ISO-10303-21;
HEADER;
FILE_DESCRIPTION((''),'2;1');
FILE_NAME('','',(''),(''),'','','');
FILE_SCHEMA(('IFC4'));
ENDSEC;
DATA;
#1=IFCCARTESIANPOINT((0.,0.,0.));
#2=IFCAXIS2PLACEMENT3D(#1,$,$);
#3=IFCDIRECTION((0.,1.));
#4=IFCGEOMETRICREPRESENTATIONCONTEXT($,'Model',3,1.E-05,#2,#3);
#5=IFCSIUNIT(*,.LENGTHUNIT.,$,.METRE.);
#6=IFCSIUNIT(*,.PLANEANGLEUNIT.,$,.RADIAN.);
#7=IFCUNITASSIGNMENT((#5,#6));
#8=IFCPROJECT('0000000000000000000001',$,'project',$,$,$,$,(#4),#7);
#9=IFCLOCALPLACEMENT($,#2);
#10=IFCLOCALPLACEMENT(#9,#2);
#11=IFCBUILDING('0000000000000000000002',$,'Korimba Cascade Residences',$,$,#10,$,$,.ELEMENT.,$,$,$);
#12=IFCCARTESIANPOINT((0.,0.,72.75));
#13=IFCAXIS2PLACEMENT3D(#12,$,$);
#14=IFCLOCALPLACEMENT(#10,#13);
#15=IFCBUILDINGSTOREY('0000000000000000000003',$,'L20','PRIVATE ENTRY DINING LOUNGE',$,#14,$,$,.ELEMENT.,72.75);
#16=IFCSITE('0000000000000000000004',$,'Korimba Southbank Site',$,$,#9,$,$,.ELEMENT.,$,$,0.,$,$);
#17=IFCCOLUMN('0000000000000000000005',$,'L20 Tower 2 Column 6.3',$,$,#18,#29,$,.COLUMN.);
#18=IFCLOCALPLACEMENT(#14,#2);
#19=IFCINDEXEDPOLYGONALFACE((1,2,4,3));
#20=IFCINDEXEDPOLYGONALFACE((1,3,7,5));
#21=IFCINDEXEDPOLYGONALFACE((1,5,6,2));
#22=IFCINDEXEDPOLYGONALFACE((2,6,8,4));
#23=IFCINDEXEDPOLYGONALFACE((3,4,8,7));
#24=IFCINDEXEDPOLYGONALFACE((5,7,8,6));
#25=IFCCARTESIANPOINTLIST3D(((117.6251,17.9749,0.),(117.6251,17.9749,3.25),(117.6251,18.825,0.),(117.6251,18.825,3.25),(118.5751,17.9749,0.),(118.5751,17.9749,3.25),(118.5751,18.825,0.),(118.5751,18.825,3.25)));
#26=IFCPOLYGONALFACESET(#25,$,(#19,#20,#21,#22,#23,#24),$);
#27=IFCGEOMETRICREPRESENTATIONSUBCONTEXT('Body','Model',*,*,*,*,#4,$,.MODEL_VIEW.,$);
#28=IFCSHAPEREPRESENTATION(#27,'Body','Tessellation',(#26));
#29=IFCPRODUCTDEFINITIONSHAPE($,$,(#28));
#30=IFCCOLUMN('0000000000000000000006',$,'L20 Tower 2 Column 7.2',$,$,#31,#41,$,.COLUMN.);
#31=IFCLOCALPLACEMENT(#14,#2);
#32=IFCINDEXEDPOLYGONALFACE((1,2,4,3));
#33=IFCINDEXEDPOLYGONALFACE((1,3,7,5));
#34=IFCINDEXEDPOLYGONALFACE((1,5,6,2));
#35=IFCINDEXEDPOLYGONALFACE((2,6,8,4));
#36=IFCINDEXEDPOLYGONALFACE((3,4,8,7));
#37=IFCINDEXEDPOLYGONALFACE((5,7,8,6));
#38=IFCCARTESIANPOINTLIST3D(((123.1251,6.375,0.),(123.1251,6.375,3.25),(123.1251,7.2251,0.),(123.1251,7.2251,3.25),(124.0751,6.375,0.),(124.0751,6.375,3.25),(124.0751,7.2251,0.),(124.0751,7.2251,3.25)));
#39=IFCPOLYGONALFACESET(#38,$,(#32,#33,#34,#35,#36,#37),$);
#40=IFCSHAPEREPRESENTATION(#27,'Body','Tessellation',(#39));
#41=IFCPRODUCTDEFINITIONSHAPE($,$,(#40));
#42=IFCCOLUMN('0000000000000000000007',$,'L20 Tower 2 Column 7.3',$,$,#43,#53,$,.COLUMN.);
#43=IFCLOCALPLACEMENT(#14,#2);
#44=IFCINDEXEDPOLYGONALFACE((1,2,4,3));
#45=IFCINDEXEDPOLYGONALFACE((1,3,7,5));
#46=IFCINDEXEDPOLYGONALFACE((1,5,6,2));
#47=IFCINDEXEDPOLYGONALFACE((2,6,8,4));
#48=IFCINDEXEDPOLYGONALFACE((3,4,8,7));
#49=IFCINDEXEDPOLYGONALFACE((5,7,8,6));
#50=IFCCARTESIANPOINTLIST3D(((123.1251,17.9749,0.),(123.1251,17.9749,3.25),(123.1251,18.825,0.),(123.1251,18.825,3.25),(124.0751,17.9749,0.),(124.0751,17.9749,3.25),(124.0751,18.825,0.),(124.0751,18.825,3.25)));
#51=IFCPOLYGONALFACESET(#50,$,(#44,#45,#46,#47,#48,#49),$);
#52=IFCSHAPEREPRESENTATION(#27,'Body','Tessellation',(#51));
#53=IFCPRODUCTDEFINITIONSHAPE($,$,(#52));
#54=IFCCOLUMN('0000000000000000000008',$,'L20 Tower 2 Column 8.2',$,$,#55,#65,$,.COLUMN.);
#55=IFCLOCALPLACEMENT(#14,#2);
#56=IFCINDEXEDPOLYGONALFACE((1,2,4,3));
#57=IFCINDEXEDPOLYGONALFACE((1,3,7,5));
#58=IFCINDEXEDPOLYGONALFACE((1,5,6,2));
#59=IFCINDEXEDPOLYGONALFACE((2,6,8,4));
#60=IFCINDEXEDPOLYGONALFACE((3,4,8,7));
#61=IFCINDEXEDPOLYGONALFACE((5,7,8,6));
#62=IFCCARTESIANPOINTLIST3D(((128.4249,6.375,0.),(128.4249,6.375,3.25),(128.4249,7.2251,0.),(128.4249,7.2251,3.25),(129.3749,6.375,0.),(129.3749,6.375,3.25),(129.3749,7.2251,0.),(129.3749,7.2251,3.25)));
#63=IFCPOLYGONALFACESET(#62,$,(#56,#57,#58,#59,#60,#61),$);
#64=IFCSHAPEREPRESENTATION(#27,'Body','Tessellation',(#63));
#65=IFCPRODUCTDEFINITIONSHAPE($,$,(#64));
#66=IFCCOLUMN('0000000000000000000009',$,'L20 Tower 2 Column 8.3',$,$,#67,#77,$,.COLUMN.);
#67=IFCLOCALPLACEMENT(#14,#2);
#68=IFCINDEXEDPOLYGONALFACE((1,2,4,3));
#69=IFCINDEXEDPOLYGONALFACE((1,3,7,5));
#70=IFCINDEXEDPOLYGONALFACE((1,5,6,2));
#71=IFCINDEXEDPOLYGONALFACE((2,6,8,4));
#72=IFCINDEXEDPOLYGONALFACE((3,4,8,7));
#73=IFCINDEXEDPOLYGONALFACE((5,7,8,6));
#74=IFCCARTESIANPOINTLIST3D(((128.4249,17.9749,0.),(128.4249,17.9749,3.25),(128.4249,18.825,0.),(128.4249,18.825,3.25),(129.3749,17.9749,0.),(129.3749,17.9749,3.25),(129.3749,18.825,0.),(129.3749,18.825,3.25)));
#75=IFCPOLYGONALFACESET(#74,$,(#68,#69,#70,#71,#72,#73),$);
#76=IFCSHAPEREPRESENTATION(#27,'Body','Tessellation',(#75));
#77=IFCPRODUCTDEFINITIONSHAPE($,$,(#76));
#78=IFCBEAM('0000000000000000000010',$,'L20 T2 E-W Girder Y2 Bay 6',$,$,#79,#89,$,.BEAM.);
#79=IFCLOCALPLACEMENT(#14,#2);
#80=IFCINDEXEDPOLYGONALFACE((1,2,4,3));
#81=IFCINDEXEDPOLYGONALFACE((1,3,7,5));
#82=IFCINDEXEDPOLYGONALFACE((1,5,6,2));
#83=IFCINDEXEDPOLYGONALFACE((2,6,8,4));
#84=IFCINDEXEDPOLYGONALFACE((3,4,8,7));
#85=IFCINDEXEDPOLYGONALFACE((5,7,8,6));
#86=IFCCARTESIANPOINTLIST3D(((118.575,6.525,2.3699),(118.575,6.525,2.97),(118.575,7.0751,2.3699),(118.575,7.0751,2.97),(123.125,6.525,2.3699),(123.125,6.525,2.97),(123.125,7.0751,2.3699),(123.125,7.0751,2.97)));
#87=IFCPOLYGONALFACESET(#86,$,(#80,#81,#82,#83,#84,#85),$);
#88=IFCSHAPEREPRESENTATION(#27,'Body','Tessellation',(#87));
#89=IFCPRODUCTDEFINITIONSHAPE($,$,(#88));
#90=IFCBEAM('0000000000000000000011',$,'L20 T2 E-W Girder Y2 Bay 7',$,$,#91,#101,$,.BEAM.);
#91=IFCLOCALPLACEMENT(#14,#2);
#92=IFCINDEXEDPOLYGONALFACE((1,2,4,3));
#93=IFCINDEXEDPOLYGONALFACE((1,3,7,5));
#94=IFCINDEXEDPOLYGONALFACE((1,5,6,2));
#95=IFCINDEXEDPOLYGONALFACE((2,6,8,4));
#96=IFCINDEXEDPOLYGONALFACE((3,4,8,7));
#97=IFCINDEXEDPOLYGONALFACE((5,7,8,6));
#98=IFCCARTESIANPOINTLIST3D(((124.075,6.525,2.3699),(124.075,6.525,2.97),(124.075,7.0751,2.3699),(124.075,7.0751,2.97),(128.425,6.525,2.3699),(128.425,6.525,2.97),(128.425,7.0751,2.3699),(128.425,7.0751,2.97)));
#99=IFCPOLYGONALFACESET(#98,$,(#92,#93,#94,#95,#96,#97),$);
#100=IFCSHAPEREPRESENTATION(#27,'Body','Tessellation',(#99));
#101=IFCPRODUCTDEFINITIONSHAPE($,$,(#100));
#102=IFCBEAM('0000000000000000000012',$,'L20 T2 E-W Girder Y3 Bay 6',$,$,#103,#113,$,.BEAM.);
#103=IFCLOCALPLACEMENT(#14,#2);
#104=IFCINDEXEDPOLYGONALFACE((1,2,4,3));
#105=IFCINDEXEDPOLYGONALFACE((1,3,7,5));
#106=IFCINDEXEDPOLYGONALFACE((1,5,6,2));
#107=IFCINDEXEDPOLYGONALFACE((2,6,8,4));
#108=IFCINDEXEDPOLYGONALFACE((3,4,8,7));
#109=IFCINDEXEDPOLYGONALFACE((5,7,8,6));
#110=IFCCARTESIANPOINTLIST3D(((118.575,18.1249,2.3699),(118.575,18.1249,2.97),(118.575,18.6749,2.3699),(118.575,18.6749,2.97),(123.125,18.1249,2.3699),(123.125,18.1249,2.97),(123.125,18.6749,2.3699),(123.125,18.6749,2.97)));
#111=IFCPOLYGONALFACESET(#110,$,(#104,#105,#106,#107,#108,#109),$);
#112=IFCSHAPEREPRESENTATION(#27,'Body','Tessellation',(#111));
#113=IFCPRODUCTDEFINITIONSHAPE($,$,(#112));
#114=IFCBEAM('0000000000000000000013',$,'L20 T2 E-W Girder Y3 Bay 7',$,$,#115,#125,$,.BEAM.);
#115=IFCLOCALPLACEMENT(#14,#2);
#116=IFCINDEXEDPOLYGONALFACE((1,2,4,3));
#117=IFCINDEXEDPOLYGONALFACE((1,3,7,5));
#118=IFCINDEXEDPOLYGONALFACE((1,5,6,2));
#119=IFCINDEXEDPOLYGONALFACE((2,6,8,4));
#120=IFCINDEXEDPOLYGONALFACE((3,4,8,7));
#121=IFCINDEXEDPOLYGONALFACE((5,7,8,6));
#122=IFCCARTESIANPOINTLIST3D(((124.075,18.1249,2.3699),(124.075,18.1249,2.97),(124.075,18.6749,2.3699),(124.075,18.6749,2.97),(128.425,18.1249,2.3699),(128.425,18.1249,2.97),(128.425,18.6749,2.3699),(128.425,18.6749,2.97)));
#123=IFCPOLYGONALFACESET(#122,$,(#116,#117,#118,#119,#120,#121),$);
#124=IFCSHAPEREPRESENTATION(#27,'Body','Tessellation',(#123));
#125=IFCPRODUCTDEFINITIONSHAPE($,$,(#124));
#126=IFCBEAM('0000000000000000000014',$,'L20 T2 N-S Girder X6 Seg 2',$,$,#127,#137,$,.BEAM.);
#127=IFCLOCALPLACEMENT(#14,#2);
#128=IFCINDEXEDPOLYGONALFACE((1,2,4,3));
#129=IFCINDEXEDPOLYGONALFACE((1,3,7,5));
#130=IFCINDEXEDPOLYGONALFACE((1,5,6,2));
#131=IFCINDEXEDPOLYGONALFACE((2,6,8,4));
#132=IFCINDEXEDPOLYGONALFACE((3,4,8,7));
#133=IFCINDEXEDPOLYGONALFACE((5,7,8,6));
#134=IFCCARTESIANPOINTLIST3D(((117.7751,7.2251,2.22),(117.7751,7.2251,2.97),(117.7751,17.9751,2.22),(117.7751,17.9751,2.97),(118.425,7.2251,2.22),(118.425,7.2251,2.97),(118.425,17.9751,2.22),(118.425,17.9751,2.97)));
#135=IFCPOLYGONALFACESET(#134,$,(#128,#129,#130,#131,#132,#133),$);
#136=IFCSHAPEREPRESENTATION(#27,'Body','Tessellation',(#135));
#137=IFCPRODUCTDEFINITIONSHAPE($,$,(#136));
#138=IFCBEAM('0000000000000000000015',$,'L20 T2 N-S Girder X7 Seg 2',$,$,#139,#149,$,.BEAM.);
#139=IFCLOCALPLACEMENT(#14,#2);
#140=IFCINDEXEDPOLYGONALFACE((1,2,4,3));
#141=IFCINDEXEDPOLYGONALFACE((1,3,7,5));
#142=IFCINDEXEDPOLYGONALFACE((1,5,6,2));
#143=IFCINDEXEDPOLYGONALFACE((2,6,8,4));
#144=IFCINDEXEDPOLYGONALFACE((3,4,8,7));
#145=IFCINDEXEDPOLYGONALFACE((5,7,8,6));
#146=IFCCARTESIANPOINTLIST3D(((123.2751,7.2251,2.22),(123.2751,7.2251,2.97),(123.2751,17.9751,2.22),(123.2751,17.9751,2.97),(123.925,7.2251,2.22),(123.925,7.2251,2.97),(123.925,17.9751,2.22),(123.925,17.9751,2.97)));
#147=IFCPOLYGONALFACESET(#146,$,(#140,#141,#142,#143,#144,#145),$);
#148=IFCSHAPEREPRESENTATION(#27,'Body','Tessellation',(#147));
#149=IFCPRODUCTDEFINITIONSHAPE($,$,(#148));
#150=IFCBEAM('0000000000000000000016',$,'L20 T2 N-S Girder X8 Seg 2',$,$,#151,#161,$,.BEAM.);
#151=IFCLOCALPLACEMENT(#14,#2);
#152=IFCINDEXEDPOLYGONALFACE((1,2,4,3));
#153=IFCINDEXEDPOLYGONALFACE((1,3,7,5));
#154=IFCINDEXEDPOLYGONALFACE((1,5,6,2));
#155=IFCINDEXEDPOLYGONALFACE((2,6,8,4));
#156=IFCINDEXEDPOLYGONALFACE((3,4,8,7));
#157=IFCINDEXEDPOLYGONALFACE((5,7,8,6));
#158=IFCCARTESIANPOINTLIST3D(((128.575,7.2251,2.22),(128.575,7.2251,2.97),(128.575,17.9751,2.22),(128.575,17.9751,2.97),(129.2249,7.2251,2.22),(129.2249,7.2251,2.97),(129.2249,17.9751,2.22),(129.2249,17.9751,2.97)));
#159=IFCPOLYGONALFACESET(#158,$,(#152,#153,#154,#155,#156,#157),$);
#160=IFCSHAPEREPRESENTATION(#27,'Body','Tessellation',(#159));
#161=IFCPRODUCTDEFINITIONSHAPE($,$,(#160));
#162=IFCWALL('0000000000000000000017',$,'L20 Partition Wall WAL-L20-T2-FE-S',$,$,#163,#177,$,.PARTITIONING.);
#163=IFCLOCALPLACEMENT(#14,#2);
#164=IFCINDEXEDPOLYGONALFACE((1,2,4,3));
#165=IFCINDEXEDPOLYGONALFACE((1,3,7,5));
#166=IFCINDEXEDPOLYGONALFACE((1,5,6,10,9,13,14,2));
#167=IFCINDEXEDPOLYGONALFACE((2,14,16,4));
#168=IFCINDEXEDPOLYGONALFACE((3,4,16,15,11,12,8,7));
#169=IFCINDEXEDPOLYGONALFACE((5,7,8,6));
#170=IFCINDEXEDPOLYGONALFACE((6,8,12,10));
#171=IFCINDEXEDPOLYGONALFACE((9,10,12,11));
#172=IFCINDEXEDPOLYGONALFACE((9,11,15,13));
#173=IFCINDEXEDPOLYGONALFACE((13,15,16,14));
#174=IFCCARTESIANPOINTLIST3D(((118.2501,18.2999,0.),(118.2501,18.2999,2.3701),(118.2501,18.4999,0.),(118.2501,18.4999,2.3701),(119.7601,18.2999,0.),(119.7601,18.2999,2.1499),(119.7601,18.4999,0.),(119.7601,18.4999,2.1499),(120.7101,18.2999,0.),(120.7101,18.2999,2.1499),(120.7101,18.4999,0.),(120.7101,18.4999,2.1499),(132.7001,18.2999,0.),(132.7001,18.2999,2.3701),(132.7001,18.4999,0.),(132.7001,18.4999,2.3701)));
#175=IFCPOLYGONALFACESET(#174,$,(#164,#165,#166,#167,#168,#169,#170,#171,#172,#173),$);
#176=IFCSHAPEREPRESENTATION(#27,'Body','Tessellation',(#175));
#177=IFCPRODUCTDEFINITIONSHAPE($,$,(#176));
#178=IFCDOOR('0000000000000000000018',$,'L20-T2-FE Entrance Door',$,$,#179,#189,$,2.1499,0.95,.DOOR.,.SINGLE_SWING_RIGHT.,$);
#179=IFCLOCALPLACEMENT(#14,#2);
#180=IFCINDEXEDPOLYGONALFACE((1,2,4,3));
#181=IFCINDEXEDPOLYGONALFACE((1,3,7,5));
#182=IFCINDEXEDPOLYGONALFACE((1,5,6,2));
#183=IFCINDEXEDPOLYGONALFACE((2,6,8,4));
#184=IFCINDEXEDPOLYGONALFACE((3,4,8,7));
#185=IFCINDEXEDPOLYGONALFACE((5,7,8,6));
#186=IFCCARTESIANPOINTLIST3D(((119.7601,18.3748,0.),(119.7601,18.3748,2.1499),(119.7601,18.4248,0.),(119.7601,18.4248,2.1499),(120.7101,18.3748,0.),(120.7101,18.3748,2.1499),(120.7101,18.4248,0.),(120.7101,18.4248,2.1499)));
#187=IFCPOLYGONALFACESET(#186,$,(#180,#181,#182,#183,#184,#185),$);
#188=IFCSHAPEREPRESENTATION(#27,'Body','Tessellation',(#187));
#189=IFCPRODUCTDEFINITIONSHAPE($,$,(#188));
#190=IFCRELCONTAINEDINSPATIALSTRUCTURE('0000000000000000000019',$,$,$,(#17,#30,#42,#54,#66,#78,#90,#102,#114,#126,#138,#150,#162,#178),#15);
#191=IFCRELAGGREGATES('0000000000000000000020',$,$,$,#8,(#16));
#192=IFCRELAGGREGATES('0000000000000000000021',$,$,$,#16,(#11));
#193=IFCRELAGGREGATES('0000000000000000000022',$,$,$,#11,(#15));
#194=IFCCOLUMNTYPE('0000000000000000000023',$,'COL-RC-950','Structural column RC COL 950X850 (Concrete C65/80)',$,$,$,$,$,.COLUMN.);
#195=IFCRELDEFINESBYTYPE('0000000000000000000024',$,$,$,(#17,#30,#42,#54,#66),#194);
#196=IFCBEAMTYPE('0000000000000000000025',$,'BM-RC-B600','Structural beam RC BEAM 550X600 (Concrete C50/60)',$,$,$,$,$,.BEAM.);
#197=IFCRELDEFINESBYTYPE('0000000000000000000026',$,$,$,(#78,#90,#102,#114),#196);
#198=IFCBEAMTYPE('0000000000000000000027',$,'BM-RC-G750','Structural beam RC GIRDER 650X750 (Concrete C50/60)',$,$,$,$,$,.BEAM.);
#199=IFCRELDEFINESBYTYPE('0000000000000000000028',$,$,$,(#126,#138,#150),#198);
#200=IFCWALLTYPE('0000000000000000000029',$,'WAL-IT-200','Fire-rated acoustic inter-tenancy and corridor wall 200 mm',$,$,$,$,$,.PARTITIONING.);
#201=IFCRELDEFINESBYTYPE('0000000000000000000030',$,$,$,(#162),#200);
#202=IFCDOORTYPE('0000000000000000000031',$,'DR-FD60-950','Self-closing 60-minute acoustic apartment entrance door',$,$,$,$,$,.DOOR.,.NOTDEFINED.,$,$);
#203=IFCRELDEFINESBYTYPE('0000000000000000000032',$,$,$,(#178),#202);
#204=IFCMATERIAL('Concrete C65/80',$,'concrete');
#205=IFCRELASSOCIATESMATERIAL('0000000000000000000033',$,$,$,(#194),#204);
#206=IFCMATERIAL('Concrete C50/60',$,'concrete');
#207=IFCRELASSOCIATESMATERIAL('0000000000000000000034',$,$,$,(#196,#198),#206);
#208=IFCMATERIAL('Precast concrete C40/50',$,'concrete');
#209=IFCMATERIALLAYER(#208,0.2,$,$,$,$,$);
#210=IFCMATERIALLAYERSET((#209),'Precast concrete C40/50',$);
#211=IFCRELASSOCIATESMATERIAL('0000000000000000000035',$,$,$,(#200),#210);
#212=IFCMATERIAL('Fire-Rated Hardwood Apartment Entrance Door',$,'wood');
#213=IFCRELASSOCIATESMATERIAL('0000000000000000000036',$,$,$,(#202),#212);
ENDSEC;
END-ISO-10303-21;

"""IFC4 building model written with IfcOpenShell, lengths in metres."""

from ifc_helpers import new_model, si_unit, direction, frame, frame_2d, origin, origin_2d, place, context, subcontext, project, spatial, rectangle, extrude, material, layer, layer_set, material_profile, profile_set, type_object, element, fill, save


model = new_model("IFC4")

# Units and contexts
model_context = context("Model", 3, precision=1e-05, world=origin(), true_north=direction((0.0, 1.0)))
body_context = subcontext(model_context, "Body", "Model", "MODEL_VIEW")
ifc_project = project(units=[si_unit("LENGTHUNIT", "METRE"), si_unit("PLANEANGLEUNIT", "RADIAN")], contexts=[model_context])

# Site, building, storey
site_placement = place(None, origin())
site = spatial("IfcSite", under=ifc_project, at=site_placement, Name="Korimba Southbank Site", CompositionType="ELEMENT", RefElevation=0.0)
building_placement = place(site_placement, origin())
building = spatial("IfcBuilding", under=site, at=building_placement, Name="Korimba Cascade Residences", CompositionType="ELEMENT")
storey_placement = place(building_placement, frame((0.0, 0.0, 72.75)))
storey = spatial("IfcBuildingStorey", under=building, at=storey_placement, Name="L20", Description="PRIVATE ENTRY DINING LOUNGE", CompositionType="ELEMENT", Elevation=72.75)

# Columns
ifc_material_1 = material(Name="Concrete C65/80", Category="concrete")
ifc_material_profile_1 = material_profile(ifc_material_1, rectangle(XDim=0.95, YDim=0.8501, at=origin_2d()), Name="Concrete C65/80")
ifc_profile_set_1 = profile_set([ifc_material_profile_1], Name="Concrete C65/80")
column_type = type_object("IfcColumnType", Name="COL-RC-950", Description="Structural column RC COL 950X850 (Concrete C65/80)", PredefinedType="COLUMN", material=ifc_profile_set_1)
for number, where, z_axis, x_axis, name in (
    (1, (118.1001, 18.3999, 0.0), (0.0, 0.0, 1.0), (1.0, 0.0, 0.0), "L20 Tower 2 Column 6.3"),
    (2, (123.6001, 6.8, 0.0), (0.0, 0.0, 1.0), (1.0, 0.0, 0.0), "L20 Tower 2 Column 7.2"),
    (3, (123.6001, 18.3999, 0.0), (0.0, 0.0, 1.0), (1.0, 0.0, 0.0), "L20 Tower 2 Column 7.3"),
    (4, (128.8999, 6.8, 0.0), (0.0, 0.0, 1.0), (1.0, 0.0, 0.0), "L20 Tower 2 Column 8.2"),
    (5, (128.8999, 18.3999, 0.0), (0.0, 0.0, 1.0), (1.0, 0.0, 0.0), "L20 Tower 2 Column 8.3"),
):
    element("IfcColumn", number, at=place(storey_placement, frame(where, z_axis=z_axis, x_axis=x_axis)), inside=storey, type_object=column_type, Name=name, PredefinedType="COLUMN", context=body_context, shape_type="SweptSolid", body=[
        extrude(rectangle(XDim=0.95, YDim=0.8501, at=origin_2d()), origin(), (0.0, 0.0, 1.0), 3.25),
    ])

# Beams
ifc_material_2 = material(Name="Concrete C50/60", Category="concrete")
ifc_material_profile_2 = material_profile(ifc_material_2, rectangle(XDim=0.55, YDim=0.6001, at=origin_2d()), Name="Concrete C50/60")
ifc_profile_set_2 = profile_set([ifc_material_profile_2], Name="Concrete C50/60")
beam_type_1 = type_object("IfcBeamType", Name="BM-RC-B600", Description="Structural beam RC BEAM 550X600 (Concrete C50/60)", PredefinedType="BEAM", material=ifc_profile_set_2)
beam_1_placement = place(storey_placement, frame((118.575, 6.8, 2.6699), z_axis=(1.0, 0.0, 0.0), x_axis=(0.0, 1.0, 0.0)))
element("IfcBeam", 6, at=beam_1_placement, inside=storey, type_object=beam_type_1, Name="L20 T2 E-W Girder Y2 Bay 6", PredefinedType="BEAM", context=body_context, shape_type="SweptSolid", body=[
    extrude(rectangle(XDim=0.55, YDim=0.6001, at=origin_2d()), origin(), (0.0, 0.0, 1.0), 4.55),
])
beam_2_placement = place(storey_placement, frame((124.075, 6.8, 2.6699), z_axis=(1.0, 0.0, 0.0), x_axis=(0.0, 1.0, 0.0)))
element("IfcBeam", 7, at=beam_2_placement, inside=storey, type_object=beam_type_1, Name="L20 T2 E-W Girder Y2 Bay 7", PredefinedType="BEAM", context=body_context, shape_type="SweptSolid", body=[
    extrude(rectangle(XDim=0.55, YDim=0.6001, at=origin_2d()), origin(), (0.0, 0.0, 1.0), 4.3501),
])
beam_3_placement = place(storey_placement, frame((118.575, 18.3999, 2.6699), z_axis=(1.0, 0.0, 0.0), x_axis=(0.0, 1.0, 0.0)))
element("IfcBeam", 8, at=beam_3_placement, inside=storey, type_object=beam_type_1, Name="L20 T2 E-W Girder Y3 Bay 6", PredefinedType="BEAM", context=body_context, shape_type="SweptSolid", body=[
    extrude(rectangle(XDim=0.55, YDim=0.6001, at=origin_2d()), origin(), (0.0, 0.0, 1.0), 4.55),
])
beam_4_placement = place(storey_placement, frame((124.075, 18.3999, 2.6699), z_axis=(1.0, 0.0, 0.0), x_axis=(0.0, 1.0, 0.0)))
element("IfcBeam", 9, at=beam_4_placement, inside=storey, type_object=beam_type_1, Name="L20 T2 E-W Girder Y3 Bay 7", PredefinedType="BEAM", context=body_context, shape_type="SweptSolid", body=[
    extrude(rectangle(XDim=0.55, YDim=0.6001, at=origin_2d()), origin(), (0.0, 0.0, 1.0), 4.3501),
])
ifc_material_profile_3 = material_profile(ifc_material_2, rectangle(XDim=0.6499, YDim=0.75, at=origin_2d()), Name="Concrete C50/60")
ifc_profile_set_3 = profile_set([ifc_material_profile_3], Name="Concrete C50/60")
beam_type_2 = type_object("IfcBeamType", Name="BM-RC-G750", Description="Structural beam RC GIRDER 650X750 (Concrete C50/60)", PredefinedType="BEAM", material=ifc_profile_set_3)
for number, where, z_axis, x_axis, name in (
    (10, (118.1001, 7.2251, 2.595), (0.0, 1.0, 0.0), (-1.0, 0.0, 0.0), "L20 T2 N-S Girder X6 Seg 2"),
    (11, (123.6001, 7.2251, 2.595), (0.0, 1.0, 0.0), (-1.0, 0.0, 0.0), "L20 T2 N-S Girder X7 Seg 2"),
    (12, (128.8999, 7.2251, 2.595), (0.0, 1.0, 0.0), (-1.0, 0.0, 0.0), "L20 T2 N-S Girder X8 Seg 2"),
):
    element("IfcBeam", number, at=place(storey_placement, frame(where, z_axis=z_axis, x_axis=x_axis)), inside=storey, type_object=beam_type_2, Name=name, PredefinedType="BEAM", context=body_context, shape_type="SweptSolid", body=[
        extrude(rectangle(XDim=0.6499, YDim=0.75, at=origin_2d()), origin(), (0.0, 0.0, 1.0), 10.75),
    ])

# Wall, opening, door
ifc_material_3 = material(Name="Precast concrete C40/50", Category="concrete")
ifc_layer_1 = layer(ifc_material_3, 0.2)
ifc_layer_set_1 = layer_set([ifc_layer_1], Name="Precast concrete C40/50")
wall_type_1 = type_object("IfcWallType", Name="WAL-IT-200", Description="Fire-rated acoustic inter-tenancy and corridor wall 200 mm", PredefinedType="PARTITIONING", material=ifc_layer_set_1)
wall_1_placement = place(storey_placement, frame((118.25, 18.3999, 0.0), z_axis=(0.0, 0.0, 1.0), x_axis=(1.0, 0.0, 0.0)))
wall_1 = element("IfcWall", 13, at=wall_1_placement, inside=storey, type_object=wall_type_1, Name="L20 Partition Wall WAL-L20-T2-FE-S", PredefinedType="PARTITIONING", context=body_context, shape_type="SweptSolid", body=[
    extrude(rectangle(XDim=14.45, YDim=0.2, at=frame_2d((7.2251, 0.0))), origin(), (0.0, 0.0, 1.0), 2.3701),
])
opening_1_placement = place(wall_1_placement, frame((1.51, 0.0, 0.0)))
opening_1 = element("IfcOpeningElement", 14, at=opening_1_placement, cuts=wall_1, PredefinedType="OPENING", context=body_context, shape_type="SweptSolid", body=[
    extrude(rectangle(XDim=0.95, YDim=2.1499, at=frame_2d((0.4751, 1.075))), frame((0.0, 0.1099, 0.0), z_axis=(0.0, -1.0, 0.0), x_axis=(1.0, 0.0, 0.0)), (0.0, 0.0, 1.0), 0.22),
])
ifc_material_4 = material(Name="Fire-Rated Hardwood Apartment Entrance Door", Category="wood")
door_type_1 = type_object("IfcDoorType", Name="DR-FD60-950", Description="Self-closing 60-minute acoustic apartment entrance door", OperationType="NOTDEFINED", PredefinedType="DOOR", material=ifc_material_4)
door_1_placement = place(opening_1_placement, origin())
door_1 = element("IfcDoor", 15, at=door_1_placement, inside=storey, type_object=door_type_1, Name="L20-T2-FE Entrance Door", OperationType="SINGLE_SWING_RIGHT", OverallHeight=2.1499, OverallWidth=0.95, PredefinedType="DOOR", context=body_context, shape_type="SweptSolid", body=[
    extrude(rectangle(XDim=0.95, YDim=2.1499, at=frame_2d((0.4751, 1.075))), frame((0.0, 0.0249, 0.0), z_axis=(0.0, -1.0, 0.0), x_axis=(1.0, 0.0, 0.0)), (0.0, 0.0, 1.0), 0.05),
])
fill(opening_1, door_1)

save(model, "model.ifc")
